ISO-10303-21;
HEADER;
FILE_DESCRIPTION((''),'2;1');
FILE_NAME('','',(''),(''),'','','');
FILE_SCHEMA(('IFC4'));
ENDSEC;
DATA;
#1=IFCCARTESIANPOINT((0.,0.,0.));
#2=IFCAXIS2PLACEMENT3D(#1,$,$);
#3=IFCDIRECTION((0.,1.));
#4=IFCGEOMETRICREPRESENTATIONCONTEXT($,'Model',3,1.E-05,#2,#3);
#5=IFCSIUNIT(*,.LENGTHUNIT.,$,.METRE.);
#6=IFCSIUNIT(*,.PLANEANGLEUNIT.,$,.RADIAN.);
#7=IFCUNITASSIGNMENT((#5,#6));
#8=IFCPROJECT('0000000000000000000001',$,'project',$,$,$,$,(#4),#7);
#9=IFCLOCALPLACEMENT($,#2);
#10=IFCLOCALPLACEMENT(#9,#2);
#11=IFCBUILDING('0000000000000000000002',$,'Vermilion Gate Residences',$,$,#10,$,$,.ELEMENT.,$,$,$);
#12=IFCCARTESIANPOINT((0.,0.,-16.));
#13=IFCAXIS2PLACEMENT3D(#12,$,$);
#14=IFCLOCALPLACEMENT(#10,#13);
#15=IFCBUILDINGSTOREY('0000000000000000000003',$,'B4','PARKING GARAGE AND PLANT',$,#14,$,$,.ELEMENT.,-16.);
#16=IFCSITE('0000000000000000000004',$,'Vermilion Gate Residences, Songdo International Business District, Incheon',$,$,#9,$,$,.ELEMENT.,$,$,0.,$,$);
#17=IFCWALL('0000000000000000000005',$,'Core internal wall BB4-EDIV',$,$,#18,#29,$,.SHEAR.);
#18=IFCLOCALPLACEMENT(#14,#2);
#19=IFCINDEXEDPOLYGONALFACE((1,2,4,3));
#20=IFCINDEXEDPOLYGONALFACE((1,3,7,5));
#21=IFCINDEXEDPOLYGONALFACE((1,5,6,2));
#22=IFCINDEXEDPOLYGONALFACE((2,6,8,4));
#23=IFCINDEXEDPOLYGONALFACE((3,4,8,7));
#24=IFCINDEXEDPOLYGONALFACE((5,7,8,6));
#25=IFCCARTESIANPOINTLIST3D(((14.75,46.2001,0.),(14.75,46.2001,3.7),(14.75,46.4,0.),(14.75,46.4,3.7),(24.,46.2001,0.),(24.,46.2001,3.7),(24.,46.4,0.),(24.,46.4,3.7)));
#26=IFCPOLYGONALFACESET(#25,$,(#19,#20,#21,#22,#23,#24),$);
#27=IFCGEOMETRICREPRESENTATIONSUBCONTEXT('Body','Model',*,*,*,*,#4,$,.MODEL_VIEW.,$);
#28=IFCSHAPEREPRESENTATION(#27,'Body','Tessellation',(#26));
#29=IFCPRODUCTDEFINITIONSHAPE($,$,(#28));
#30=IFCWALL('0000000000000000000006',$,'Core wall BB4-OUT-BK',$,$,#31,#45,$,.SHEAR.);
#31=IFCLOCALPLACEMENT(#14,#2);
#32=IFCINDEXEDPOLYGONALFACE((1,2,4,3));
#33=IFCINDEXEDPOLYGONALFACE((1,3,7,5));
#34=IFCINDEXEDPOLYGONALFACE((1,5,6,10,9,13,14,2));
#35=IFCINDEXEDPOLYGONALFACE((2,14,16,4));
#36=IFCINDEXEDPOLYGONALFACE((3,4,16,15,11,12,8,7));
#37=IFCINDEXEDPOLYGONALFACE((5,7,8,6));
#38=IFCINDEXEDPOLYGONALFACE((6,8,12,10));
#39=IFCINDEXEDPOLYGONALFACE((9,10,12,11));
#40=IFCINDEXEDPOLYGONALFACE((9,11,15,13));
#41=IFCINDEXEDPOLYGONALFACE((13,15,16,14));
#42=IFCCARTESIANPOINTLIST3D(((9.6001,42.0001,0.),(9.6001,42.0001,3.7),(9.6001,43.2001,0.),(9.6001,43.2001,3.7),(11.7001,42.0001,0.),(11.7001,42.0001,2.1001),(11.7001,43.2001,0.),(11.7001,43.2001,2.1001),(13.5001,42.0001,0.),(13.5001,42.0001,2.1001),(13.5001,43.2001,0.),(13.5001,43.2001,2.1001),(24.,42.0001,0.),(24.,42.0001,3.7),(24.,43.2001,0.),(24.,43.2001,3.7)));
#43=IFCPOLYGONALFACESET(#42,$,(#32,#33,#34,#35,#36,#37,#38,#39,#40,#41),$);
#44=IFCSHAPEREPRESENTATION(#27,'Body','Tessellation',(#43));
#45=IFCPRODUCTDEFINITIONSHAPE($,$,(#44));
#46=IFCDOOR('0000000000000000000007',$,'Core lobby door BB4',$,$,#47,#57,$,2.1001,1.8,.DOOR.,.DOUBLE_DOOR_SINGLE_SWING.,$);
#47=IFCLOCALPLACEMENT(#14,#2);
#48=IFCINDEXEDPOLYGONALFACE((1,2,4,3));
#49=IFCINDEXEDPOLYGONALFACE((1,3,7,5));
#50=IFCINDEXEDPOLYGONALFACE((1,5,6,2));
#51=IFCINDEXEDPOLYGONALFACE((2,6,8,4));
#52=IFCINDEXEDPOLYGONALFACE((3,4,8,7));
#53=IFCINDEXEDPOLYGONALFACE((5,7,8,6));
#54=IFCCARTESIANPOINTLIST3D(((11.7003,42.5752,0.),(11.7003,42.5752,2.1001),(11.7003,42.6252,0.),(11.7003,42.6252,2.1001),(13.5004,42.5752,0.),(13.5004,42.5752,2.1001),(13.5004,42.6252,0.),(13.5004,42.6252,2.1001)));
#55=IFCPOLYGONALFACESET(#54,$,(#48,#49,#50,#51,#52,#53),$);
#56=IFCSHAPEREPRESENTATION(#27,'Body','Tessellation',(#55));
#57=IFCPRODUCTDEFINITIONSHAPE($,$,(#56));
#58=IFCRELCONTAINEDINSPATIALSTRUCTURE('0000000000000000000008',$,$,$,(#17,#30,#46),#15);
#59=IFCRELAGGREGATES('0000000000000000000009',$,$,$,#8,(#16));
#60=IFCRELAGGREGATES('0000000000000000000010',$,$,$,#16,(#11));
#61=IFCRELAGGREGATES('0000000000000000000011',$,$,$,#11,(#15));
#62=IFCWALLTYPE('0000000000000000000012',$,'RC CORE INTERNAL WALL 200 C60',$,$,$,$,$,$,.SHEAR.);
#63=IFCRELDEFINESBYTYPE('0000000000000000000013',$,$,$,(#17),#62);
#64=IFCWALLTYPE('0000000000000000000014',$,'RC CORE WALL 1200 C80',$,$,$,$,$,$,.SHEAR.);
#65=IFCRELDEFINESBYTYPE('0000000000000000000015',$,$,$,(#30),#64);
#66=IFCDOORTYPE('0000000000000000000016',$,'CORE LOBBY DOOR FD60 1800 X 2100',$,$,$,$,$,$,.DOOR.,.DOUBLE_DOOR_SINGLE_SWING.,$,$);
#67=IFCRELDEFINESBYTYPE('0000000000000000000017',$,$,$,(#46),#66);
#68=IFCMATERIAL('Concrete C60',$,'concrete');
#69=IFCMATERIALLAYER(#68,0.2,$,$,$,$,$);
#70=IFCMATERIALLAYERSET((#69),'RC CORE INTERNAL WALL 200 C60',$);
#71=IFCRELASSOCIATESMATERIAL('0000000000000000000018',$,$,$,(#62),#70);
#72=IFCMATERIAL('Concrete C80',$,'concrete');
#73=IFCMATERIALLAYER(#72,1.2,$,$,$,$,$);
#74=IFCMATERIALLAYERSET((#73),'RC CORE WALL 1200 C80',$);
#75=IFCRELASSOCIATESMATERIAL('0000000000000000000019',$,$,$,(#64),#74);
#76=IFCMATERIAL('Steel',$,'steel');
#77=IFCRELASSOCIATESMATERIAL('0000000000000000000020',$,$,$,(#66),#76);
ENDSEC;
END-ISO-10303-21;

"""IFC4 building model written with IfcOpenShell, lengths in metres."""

from ifc_helpers import new_model, si_unit, direction, frame, frame_2d, origin, place, context, subcontext, project, spatial, rectangle, extrude, material, layer, layer_set, type_object, element, fill, save


model = new_model("IFC4")

# Units and contexts
model_context = context("Model", 3, precision=1e-05, world=origin(), true_north=direction((0.0, 1.0)))
body_context = subcontext(model_context, "Body", "Model", "MODEL_VIEW")
ifc_project = project(units=[si_unit("LENGTHUNIT", "METRE"), si_unit("PLANEANGLEUNIT", "RADIAN")], contexts=[model_context])

# Site, building, storey
site_placement = place(None, origin())
site = spatial("IfcSite", under=ifc_project, at=site_placement, Name="Vermilion Gate Residences, Songdo International Business District, Incheon", CompositionType="ELEMENT", RefElevation=0.0)
building_placement = place(site_placement, origin())
building = spatial("IfcBuilding", under=site, at=building_placement, Name="Vermilion Gate Residences", CompositionType="ELEMENT")
storey_placement = place(building_placement, frame((0.0, 0.0, -16.0)))
storey = spatial("IfcBuildingStorey", under=building, at=storey_placement, Name="B4", Description="PARKING GARAGE AND PLANT", CompositionType="ELEMENT", Elevation=-16.0)

# Wall
ifc_material_1 = material(Name="Concrete C60", Category="concrete")
ifc_layer_1 = layer(ifc_material_1, 0.2)
ifc_layer_set_1 = layer_set([ifc_layer_1], Name="RC CORE INTERNAL WALL 200 C60")
wall_type_1 = type_object("IfcWallType", Name="RC CORE INTERNAL WALL 200 C60", PredefinedType="SHEAR", material=ifc_layer_set_1)
wall_1_placement = place(storey_placement, frame((14.75, 46.3, 0.0), z_axis=(0.0, 0.0, 1.0), x_axis=(1.0, 0.0, 0.0)))
element("IfcWall", 1, at=wall_1_placement, inside=storey, type_object=wall_type_1, Name="Core internal wall BB4-EDIV", PredefinedType="SHEAR", context=body_context, shape_type="SweptSolid", body=[
    extrude(rectangle(XDim=9.25, YDim=0.2, at=frame_2d((4.625, 0.0))), origin(), (0.0, 0.0, 1.0), 3.7),
])

# Wall, opening, door
ifc_material_2 = material(Name="Concrete C80", Category="concrete")
ifc_layer_2 = layer(ifc_material_2, 1.2)
ifc_layer_set_2 = layer_set([ifc_layer_2], Name="RC CORE WALL 1200 C80")
wall_type_2 = type_object("IfcWallType", Name="RC CORE WALL 1200 C80", PredefinedType="SHEAR", material=ifc_layer_set_2)
wall_2_placement = place(storey_placement, frame((9.6001, 42.6001, 0.0), z_axis=(0.0, 0.0, 1.0), x_axis=(1.0, 0.0, 0.0)))
wall_2 = element("IfcWall", 2, at=wall_2_placement, inside=storey, type_object=wall_type_2, Name="Core wall BB4-OUT-BK", PredefinedType="SHEAR", context=body_context, shape_type="SweptSolid", body=[
    extrude(rectangle(XDim=14.3999, YDim=1.2, at=frame_2d((7.2, 0.0))), origin(), (0.0, 0.0, 1.0), 3.7),
])
opening_1_placement = place(wall_2_placement, frame((2.1001, 0.0, 0.0)))
opening_1 = element("IfcOpeningElement", 3, at=opening_1_placement, cuts=wall_2, PredefinedType="OPENING", context=body_context, shape_type="SweptSolid", body=[
    extrude(rectangle(XDim=1.8, YDim=2.1001, at=frame_2d((0.8999, 1.05))), frame((0.0, 0.6099, 0.0), z_axis=(0.0, -1.0, 0.0), x_axis=(1.0, 0.0, 0.0)), (0.0, 0.0, 1.0), 1.22),
])
ifc_material_3 = material(Name="Steel", Category="steel")
door_type_1 = type_object("IfcDoorType", Name="CORE LOBBY DOOR FD60 1800 X 2100", OperationType="DOUBLE_DOOR_SINGLE_SWING", PredefinedType="DOOR", material=ifc_material_3)
door_1_placement = place(opening_1_placement, frame((1.8, 0.0, 0.0), z_axis=(0.0, 0.0, 1.0), x_axis=(-1.0, 0.0, 0.0)))
door_1 = element("IfcDoor", 4, at=door_1_placement, inside=storey, type_object=door_type_1, Name="Core lobby door BB4", OperationType="DOUBLE_DOOR_SINGLE_SWING", OverallHeight=2.1001, OverallWidth=1.8, PredefinedType="DOOR", context=body_context, shape_type="SweptSolid", body=[
    extrude(rectangle(XDim=1.8, YDim=2.1001, at=frame_2d((0.8999, 1.05))), frame((0.0, 0.0249, 0.0), z_axis=(0.0, -1.0, 0.0), x_axis=(1.0, 0.0, 0.0)), (0.0, 0.0, 1.0), 0.05),
])
fill(opening_1, door_1)

save(model, "model.ifc")
